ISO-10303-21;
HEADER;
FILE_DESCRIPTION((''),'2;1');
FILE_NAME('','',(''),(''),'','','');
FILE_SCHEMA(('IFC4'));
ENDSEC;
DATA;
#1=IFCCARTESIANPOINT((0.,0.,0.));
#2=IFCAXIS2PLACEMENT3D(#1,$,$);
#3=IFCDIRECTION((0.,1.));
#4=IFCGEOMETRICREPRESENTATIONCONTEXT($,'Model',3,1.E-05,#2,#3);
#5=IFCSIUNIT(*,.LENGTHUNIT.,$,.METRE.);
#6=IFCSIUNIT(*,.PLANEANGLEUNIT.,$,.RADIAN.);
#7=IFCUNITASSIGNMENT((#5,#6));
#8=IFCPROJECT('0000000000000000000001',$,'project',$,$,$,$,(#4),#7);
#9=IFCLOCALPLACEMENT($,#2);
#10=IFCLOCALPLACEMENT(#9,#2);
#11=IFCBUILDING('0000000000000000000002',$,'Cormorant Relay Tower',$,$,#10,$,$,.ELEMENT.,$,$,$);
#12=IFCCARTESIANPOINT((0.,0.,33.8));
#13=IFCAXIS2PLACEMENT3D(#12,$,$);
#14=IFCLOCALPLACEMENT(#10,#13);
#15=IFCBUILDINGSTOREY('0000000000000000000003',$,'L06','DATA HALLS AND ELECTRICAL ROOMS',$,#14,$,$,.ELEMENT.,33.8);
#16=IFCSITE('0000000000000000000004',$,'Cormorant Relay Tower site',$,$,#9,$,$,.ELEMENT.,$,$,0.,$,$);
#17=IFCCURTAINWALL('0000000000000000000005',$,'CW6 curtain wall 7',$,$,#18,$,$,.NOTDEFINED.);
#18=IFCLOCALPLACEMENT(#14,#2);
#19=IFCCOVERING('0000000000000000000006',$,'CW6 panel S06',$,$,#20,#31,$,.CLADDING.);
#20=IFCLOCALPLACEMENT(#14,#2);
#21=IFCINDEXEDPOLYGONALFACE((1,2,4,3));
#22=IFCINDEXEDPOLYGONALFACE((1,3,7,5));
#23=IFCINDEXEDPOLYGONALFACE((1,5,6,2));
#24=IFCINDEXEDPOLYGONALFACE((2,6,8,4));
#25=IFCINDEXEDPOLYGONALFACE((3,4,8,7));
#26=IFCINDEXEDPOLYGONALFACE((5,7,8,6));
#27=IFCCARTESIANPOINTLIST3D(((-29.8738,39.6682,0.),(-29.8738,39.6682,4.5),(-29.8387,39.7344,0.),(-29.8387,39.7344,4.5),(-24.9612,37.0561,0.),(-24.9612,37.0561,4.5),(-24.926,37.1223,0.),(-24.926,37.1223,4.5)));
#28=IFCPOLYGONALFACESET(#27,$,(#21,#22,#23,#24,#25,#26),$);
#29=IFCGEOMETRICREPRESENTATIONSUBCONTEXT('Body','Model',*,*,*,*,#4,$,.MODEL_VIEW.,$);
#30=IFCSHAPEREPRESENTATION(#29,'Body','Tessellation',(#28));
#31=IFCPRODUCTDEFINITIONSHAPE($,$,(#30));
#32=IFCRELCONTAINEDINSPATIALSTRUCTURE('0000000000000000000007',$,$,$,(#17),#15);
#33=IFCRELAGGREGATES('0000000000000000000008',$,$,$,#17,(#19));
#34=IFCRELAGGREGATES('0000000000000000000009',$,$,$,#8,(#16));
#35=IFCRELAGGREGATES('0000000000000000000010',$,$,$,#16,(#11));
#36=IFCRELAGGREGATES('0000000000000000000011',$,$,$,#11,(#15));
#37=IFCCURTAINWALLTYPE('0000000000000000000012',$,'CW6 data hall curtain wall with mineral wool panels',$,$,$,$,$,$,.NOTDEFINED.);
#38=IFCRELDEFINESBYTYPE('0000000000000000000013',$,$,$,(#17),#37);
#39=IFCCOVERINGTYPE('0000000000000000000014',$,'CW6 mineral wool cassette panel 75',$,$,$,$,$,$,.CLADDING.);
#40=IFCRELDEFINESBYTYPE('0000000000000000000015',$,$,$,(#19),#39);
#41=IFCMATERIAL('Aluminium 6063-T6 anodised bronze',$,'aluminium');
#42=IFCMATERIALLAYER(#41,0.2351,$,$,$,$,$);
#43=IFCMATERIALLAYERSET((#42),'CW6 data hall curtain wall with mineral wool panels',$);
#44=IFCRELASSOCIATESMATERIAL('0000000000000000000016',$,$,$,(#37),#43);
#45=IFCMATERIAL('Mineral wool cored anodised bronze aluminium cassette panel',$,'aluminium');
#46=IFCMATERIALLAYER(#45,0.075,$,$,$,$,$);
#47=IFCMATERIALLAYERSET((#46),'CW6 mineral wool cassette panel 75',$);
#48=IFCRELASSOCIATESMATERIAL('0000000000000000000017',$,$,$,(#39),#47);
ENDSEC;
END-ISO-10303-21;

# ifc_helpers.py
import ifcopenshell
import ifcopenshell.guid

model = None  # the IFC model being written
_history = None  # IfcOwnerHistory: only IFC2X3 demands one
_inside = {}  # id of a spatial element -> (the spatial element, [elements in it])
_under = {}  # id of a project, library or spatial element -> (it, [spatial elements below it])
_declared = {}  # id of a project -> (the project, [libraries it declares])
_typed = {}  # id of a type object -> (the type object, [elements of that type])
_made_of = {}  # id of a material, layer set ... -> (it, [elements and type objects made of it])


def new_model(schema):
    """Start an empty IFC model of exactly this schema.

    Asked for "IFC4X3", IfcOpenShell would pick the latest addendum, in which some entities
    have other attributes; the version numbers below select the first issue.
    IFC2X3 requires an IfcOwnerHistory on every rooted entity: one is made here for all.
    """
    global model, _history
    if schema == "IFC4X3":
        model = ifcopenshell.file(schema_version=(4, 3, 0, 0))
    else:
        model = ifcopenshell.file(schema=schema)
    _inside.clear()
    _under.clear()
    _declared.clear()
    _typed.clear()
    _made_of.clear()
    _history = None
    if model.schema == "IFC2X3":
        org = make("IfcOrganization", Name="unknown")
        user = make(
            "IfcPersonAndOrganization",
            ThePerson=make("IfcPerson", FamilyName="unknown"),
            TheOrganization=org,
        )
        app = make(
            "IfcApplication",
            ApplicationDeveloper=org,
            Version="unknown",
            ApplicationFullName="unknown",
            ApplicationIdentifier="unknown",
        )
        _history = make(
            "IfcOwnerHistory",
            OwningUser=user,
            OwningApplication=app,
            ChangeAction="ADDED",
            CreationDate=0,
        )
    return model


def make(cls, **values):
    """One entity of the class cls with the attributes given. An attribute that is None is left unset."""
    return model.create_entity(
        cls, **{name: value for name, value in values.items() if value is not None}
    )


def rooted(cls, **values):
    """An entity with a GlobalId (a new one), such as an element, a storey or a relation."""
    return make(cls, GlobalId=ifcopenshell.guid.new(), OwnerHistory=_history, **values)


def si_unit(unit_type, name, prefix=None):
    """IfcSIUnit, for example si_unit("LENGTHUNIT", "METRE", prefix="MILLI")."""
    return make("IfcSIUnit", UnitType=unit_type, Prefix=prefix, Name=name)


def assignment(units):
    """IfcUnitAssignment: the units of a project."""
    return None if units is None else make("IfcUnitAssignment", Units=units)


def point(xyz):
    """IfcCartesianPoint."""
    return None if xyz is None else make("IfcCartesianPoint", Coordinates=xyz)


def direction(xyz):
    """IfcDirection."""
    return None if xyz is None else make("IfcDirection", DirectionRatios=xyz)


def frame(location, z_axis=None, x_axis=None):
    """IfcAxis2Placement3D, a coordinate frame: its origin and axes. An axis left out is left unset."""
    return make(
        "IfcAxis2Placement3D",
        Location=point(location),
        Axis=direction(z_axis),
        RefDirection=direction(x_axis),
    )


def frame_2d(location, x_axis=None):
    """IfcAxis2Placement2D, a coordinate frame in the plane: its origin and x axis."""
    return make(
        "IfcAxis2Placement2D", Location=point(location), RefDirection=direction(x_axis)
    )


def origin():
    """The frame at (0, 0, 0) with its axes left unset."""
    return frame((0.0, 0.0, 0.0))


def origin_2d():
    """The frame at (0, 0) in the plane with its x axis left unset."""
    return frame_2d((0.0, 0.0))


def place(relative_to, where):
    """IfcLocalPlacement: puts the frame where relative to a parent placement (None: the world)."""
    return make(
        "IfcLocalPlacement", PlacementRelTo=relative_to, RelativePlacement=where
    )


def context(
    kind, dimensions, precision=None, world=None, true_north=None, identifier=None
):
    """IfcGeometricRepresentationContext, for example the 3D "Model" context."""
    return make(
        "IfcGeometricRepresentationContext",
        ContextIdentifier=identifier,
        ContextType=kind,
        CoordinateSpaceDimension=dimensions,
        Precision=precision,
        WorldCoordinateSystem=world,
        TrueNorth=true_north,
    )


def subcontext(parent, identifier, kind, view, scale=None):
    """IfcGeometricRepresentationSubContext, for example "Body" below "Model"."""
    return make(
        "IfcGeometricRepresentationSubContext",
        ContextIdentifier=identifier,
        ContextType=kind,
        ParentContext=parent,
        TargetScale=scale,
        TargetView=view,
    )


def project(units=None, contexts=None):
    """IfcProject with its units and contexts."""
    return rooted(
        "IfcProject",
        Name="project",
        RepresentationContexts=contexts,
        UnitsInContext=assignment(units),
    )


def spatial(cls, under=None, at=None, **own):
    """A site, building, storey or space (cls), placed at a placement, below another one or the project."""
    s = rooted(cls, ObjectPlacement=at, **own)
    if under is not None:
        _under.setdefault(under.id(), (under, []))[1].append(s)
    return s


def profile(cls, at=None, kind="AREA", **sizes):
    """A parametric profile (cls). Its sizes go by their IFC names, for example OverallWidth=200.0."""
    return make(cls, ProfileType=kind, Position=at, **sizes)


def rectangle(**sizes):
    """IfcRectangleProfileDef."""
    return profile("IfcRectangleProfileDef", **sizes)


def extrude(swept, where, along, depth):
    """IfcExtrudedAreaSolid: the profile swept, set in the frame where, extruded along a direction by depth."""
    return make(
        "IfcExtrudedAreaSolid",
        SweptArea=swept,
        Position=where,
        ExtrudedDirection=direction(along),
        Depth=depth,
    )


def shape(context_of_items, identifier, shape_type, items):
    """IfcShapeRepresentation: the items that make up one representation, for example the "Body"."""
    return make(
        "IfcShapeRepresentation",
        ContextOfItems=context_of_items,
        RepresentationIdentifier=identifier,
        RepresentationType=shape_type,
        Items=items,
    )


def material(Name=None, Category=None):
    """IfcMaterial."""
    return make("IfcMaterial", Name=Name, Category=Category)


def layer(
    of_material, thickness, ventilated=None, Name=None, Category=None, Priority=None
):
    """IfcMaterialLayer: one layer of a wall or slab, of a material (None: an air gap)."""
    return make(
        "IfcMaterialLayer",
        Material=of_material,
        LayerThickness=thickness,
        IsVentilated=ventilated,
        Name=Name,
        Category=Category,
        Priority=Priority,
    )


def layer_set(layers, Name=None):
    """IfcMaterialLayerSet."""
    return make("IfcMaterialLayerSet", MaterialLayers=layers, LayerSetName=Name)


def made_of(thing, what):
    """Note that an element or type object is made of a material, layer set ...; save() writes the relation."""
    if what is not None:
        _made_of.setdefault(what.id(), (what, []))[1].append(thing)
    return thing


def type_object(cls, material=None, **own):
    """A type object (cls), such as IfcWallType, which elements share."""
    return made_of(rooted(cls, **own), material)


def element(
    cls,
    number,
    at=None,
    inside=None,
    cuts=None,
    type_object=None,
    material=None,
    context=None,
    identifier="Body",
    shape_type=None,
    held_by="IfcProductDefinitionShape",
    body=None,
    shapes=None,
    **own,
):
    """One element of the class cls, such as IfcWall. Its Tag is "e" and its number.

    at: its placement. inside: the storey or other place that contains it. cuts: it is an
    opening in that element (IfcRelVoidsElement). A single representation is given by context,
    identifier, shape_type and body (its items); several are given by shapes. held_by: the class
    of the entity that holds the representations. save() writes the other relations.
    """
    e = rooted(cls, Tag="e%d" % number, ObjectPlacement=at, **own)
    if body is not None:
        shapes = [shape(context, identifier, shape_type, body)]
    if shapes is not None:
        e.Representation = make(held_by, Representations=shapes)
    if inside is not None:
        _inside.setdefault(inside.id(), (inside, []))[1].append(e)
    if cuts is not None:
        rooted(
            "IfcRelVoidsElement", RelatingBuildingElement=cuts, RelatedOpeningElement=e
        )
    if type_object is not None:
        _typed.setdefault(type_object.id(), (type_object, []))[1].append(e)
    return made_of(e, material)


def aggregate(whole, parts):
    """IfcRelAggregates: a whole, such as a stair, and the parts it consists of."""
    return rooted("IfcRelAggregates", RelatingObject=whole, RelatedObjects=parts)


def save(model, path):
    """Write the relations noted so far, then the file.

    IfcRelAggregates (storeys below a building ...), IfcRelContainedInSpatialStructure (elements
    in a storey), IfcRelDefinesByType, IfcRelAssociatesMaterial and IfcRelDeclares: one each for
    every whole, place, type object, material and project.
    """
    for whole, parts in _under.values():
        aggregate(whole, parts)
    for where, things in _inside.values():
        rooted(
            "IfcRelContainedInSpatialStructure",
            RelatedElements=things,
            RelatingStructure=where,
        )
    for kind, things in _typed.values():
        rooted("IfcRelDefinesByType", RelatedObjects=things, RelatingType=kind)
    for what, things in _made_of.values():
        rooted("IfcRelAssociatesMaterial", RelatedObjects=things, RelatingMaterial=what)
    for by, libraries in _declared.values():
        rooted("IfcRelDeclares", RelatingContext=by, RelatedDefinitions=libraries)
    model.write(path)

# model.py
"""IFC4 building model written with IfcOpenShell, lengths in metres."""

from ifc_helpers import new_model, si_unit, direction, frame, origin, origin_2d, place, context, subcontext, project, spatial, rectangle, extrude, material, layer, layer_set, type_object, element, aggregate, save


model = new_model("IFC4")

# Units and contexts
model_context = context("Model", 3, precision=1e-05, world=origin(), true_north=direction((0.0, 1.0)))
body_context = subcontext(model_context, "Body", "Model", "MODEL_VIEW")
ifc_project = project(units=[si_unit("LENGTHUNIT", "METRE"), si_unit("PLANEANGLEUNIT", "RADIAN")], contexts=[model_context])

# Site, building, storey
site_placement = place(None, origin())
site = spatial("IfcSite", under=ifc_project, at=site_placement, Name="Cormorant Relay Tower site", CompositionType="ELEMENT", RefElevation=0.0)
building_placement = place(site_placement, origin())
building = spatial("IfcBuilding", under=site, at=building_placement, Name="Cormorant Relay Tower", CompositionType="ELEMENT")
storey_placement = place(building_placement, frame((0.0, 0.0, 33.8)))
storey = spatial("IfcBuildingStorey", under=building, at=storey_placement, Name="L06", Description="DATA HALLS AND ELECTRICAL ROOMS", CompositionType="ELEMENT", Elevation=33.8)

# Curtain wall
ifc_material_1 = material(Name="Aluminium 6063-T6 anodised bronze", Category="aluminium")
ifc_layer_1 = layer(ifc_material_1, 0.2351)
ifc_layer_set_1 = layer_set([ifc_layer_1], Name="CW6 data hall curtain wall with mineral wool panels")
curtain_wall_type = type_object("IfcCurtainWallType", Name="CW6 data hall curtain wall with mineral wool panels", PredefinedType="NOTDEFINED", material=ifc_layer_set_1)
curtain_wall_1_placement = place(storey_placement, origin())
curtain_wall_1 = element("IfcCurtainWall", 1, at=curtain_wall_1_placement, inside=storey, type_object=curtain_wall_type, Name="CW6 curtain wall 7", PredefinedType="NOTDEFINED")

# Covering
ifc_material_2 = material(Name="Mineral wool cored anodised bronze aluminium cassette panel", Category="aluminium")
ifc_layer_2 = layer(ifc_material_2, 0.075)
ifc_layer_set_2 = layer_set([ifc_layer_2], Name="CW6 mineral wool cassette panel 75")
covering_type = type_object("IfcCoveringType", Name="CW6 mineral wool cassette panel 75", PredefinedType="CLADDING", material=ifc_layer_set_2)
covering_placement = place(storey_placement, frame((-27.3999, 38.3953, 0.0), z_axis=(0.0, 0.0, 1.0), x_axis=(-0.882948, 0.469472, 0.0)))
covering = element("IfcCovering", 2, at=covering_placement, type_object=covering_type, Name="CW6 panel S06", PredefinedType="CLADDING", context=body_context, shape_type="SweptSolid", body=[
    extrude(rectangle(XDim=5.564, YDim=0.075, at=origin_2d()), origin(), (0.0, 0.0, 1.0), 4.5),
])
aggregate(curtain_wall_1, [covering])

save(model, "model.ifc")
